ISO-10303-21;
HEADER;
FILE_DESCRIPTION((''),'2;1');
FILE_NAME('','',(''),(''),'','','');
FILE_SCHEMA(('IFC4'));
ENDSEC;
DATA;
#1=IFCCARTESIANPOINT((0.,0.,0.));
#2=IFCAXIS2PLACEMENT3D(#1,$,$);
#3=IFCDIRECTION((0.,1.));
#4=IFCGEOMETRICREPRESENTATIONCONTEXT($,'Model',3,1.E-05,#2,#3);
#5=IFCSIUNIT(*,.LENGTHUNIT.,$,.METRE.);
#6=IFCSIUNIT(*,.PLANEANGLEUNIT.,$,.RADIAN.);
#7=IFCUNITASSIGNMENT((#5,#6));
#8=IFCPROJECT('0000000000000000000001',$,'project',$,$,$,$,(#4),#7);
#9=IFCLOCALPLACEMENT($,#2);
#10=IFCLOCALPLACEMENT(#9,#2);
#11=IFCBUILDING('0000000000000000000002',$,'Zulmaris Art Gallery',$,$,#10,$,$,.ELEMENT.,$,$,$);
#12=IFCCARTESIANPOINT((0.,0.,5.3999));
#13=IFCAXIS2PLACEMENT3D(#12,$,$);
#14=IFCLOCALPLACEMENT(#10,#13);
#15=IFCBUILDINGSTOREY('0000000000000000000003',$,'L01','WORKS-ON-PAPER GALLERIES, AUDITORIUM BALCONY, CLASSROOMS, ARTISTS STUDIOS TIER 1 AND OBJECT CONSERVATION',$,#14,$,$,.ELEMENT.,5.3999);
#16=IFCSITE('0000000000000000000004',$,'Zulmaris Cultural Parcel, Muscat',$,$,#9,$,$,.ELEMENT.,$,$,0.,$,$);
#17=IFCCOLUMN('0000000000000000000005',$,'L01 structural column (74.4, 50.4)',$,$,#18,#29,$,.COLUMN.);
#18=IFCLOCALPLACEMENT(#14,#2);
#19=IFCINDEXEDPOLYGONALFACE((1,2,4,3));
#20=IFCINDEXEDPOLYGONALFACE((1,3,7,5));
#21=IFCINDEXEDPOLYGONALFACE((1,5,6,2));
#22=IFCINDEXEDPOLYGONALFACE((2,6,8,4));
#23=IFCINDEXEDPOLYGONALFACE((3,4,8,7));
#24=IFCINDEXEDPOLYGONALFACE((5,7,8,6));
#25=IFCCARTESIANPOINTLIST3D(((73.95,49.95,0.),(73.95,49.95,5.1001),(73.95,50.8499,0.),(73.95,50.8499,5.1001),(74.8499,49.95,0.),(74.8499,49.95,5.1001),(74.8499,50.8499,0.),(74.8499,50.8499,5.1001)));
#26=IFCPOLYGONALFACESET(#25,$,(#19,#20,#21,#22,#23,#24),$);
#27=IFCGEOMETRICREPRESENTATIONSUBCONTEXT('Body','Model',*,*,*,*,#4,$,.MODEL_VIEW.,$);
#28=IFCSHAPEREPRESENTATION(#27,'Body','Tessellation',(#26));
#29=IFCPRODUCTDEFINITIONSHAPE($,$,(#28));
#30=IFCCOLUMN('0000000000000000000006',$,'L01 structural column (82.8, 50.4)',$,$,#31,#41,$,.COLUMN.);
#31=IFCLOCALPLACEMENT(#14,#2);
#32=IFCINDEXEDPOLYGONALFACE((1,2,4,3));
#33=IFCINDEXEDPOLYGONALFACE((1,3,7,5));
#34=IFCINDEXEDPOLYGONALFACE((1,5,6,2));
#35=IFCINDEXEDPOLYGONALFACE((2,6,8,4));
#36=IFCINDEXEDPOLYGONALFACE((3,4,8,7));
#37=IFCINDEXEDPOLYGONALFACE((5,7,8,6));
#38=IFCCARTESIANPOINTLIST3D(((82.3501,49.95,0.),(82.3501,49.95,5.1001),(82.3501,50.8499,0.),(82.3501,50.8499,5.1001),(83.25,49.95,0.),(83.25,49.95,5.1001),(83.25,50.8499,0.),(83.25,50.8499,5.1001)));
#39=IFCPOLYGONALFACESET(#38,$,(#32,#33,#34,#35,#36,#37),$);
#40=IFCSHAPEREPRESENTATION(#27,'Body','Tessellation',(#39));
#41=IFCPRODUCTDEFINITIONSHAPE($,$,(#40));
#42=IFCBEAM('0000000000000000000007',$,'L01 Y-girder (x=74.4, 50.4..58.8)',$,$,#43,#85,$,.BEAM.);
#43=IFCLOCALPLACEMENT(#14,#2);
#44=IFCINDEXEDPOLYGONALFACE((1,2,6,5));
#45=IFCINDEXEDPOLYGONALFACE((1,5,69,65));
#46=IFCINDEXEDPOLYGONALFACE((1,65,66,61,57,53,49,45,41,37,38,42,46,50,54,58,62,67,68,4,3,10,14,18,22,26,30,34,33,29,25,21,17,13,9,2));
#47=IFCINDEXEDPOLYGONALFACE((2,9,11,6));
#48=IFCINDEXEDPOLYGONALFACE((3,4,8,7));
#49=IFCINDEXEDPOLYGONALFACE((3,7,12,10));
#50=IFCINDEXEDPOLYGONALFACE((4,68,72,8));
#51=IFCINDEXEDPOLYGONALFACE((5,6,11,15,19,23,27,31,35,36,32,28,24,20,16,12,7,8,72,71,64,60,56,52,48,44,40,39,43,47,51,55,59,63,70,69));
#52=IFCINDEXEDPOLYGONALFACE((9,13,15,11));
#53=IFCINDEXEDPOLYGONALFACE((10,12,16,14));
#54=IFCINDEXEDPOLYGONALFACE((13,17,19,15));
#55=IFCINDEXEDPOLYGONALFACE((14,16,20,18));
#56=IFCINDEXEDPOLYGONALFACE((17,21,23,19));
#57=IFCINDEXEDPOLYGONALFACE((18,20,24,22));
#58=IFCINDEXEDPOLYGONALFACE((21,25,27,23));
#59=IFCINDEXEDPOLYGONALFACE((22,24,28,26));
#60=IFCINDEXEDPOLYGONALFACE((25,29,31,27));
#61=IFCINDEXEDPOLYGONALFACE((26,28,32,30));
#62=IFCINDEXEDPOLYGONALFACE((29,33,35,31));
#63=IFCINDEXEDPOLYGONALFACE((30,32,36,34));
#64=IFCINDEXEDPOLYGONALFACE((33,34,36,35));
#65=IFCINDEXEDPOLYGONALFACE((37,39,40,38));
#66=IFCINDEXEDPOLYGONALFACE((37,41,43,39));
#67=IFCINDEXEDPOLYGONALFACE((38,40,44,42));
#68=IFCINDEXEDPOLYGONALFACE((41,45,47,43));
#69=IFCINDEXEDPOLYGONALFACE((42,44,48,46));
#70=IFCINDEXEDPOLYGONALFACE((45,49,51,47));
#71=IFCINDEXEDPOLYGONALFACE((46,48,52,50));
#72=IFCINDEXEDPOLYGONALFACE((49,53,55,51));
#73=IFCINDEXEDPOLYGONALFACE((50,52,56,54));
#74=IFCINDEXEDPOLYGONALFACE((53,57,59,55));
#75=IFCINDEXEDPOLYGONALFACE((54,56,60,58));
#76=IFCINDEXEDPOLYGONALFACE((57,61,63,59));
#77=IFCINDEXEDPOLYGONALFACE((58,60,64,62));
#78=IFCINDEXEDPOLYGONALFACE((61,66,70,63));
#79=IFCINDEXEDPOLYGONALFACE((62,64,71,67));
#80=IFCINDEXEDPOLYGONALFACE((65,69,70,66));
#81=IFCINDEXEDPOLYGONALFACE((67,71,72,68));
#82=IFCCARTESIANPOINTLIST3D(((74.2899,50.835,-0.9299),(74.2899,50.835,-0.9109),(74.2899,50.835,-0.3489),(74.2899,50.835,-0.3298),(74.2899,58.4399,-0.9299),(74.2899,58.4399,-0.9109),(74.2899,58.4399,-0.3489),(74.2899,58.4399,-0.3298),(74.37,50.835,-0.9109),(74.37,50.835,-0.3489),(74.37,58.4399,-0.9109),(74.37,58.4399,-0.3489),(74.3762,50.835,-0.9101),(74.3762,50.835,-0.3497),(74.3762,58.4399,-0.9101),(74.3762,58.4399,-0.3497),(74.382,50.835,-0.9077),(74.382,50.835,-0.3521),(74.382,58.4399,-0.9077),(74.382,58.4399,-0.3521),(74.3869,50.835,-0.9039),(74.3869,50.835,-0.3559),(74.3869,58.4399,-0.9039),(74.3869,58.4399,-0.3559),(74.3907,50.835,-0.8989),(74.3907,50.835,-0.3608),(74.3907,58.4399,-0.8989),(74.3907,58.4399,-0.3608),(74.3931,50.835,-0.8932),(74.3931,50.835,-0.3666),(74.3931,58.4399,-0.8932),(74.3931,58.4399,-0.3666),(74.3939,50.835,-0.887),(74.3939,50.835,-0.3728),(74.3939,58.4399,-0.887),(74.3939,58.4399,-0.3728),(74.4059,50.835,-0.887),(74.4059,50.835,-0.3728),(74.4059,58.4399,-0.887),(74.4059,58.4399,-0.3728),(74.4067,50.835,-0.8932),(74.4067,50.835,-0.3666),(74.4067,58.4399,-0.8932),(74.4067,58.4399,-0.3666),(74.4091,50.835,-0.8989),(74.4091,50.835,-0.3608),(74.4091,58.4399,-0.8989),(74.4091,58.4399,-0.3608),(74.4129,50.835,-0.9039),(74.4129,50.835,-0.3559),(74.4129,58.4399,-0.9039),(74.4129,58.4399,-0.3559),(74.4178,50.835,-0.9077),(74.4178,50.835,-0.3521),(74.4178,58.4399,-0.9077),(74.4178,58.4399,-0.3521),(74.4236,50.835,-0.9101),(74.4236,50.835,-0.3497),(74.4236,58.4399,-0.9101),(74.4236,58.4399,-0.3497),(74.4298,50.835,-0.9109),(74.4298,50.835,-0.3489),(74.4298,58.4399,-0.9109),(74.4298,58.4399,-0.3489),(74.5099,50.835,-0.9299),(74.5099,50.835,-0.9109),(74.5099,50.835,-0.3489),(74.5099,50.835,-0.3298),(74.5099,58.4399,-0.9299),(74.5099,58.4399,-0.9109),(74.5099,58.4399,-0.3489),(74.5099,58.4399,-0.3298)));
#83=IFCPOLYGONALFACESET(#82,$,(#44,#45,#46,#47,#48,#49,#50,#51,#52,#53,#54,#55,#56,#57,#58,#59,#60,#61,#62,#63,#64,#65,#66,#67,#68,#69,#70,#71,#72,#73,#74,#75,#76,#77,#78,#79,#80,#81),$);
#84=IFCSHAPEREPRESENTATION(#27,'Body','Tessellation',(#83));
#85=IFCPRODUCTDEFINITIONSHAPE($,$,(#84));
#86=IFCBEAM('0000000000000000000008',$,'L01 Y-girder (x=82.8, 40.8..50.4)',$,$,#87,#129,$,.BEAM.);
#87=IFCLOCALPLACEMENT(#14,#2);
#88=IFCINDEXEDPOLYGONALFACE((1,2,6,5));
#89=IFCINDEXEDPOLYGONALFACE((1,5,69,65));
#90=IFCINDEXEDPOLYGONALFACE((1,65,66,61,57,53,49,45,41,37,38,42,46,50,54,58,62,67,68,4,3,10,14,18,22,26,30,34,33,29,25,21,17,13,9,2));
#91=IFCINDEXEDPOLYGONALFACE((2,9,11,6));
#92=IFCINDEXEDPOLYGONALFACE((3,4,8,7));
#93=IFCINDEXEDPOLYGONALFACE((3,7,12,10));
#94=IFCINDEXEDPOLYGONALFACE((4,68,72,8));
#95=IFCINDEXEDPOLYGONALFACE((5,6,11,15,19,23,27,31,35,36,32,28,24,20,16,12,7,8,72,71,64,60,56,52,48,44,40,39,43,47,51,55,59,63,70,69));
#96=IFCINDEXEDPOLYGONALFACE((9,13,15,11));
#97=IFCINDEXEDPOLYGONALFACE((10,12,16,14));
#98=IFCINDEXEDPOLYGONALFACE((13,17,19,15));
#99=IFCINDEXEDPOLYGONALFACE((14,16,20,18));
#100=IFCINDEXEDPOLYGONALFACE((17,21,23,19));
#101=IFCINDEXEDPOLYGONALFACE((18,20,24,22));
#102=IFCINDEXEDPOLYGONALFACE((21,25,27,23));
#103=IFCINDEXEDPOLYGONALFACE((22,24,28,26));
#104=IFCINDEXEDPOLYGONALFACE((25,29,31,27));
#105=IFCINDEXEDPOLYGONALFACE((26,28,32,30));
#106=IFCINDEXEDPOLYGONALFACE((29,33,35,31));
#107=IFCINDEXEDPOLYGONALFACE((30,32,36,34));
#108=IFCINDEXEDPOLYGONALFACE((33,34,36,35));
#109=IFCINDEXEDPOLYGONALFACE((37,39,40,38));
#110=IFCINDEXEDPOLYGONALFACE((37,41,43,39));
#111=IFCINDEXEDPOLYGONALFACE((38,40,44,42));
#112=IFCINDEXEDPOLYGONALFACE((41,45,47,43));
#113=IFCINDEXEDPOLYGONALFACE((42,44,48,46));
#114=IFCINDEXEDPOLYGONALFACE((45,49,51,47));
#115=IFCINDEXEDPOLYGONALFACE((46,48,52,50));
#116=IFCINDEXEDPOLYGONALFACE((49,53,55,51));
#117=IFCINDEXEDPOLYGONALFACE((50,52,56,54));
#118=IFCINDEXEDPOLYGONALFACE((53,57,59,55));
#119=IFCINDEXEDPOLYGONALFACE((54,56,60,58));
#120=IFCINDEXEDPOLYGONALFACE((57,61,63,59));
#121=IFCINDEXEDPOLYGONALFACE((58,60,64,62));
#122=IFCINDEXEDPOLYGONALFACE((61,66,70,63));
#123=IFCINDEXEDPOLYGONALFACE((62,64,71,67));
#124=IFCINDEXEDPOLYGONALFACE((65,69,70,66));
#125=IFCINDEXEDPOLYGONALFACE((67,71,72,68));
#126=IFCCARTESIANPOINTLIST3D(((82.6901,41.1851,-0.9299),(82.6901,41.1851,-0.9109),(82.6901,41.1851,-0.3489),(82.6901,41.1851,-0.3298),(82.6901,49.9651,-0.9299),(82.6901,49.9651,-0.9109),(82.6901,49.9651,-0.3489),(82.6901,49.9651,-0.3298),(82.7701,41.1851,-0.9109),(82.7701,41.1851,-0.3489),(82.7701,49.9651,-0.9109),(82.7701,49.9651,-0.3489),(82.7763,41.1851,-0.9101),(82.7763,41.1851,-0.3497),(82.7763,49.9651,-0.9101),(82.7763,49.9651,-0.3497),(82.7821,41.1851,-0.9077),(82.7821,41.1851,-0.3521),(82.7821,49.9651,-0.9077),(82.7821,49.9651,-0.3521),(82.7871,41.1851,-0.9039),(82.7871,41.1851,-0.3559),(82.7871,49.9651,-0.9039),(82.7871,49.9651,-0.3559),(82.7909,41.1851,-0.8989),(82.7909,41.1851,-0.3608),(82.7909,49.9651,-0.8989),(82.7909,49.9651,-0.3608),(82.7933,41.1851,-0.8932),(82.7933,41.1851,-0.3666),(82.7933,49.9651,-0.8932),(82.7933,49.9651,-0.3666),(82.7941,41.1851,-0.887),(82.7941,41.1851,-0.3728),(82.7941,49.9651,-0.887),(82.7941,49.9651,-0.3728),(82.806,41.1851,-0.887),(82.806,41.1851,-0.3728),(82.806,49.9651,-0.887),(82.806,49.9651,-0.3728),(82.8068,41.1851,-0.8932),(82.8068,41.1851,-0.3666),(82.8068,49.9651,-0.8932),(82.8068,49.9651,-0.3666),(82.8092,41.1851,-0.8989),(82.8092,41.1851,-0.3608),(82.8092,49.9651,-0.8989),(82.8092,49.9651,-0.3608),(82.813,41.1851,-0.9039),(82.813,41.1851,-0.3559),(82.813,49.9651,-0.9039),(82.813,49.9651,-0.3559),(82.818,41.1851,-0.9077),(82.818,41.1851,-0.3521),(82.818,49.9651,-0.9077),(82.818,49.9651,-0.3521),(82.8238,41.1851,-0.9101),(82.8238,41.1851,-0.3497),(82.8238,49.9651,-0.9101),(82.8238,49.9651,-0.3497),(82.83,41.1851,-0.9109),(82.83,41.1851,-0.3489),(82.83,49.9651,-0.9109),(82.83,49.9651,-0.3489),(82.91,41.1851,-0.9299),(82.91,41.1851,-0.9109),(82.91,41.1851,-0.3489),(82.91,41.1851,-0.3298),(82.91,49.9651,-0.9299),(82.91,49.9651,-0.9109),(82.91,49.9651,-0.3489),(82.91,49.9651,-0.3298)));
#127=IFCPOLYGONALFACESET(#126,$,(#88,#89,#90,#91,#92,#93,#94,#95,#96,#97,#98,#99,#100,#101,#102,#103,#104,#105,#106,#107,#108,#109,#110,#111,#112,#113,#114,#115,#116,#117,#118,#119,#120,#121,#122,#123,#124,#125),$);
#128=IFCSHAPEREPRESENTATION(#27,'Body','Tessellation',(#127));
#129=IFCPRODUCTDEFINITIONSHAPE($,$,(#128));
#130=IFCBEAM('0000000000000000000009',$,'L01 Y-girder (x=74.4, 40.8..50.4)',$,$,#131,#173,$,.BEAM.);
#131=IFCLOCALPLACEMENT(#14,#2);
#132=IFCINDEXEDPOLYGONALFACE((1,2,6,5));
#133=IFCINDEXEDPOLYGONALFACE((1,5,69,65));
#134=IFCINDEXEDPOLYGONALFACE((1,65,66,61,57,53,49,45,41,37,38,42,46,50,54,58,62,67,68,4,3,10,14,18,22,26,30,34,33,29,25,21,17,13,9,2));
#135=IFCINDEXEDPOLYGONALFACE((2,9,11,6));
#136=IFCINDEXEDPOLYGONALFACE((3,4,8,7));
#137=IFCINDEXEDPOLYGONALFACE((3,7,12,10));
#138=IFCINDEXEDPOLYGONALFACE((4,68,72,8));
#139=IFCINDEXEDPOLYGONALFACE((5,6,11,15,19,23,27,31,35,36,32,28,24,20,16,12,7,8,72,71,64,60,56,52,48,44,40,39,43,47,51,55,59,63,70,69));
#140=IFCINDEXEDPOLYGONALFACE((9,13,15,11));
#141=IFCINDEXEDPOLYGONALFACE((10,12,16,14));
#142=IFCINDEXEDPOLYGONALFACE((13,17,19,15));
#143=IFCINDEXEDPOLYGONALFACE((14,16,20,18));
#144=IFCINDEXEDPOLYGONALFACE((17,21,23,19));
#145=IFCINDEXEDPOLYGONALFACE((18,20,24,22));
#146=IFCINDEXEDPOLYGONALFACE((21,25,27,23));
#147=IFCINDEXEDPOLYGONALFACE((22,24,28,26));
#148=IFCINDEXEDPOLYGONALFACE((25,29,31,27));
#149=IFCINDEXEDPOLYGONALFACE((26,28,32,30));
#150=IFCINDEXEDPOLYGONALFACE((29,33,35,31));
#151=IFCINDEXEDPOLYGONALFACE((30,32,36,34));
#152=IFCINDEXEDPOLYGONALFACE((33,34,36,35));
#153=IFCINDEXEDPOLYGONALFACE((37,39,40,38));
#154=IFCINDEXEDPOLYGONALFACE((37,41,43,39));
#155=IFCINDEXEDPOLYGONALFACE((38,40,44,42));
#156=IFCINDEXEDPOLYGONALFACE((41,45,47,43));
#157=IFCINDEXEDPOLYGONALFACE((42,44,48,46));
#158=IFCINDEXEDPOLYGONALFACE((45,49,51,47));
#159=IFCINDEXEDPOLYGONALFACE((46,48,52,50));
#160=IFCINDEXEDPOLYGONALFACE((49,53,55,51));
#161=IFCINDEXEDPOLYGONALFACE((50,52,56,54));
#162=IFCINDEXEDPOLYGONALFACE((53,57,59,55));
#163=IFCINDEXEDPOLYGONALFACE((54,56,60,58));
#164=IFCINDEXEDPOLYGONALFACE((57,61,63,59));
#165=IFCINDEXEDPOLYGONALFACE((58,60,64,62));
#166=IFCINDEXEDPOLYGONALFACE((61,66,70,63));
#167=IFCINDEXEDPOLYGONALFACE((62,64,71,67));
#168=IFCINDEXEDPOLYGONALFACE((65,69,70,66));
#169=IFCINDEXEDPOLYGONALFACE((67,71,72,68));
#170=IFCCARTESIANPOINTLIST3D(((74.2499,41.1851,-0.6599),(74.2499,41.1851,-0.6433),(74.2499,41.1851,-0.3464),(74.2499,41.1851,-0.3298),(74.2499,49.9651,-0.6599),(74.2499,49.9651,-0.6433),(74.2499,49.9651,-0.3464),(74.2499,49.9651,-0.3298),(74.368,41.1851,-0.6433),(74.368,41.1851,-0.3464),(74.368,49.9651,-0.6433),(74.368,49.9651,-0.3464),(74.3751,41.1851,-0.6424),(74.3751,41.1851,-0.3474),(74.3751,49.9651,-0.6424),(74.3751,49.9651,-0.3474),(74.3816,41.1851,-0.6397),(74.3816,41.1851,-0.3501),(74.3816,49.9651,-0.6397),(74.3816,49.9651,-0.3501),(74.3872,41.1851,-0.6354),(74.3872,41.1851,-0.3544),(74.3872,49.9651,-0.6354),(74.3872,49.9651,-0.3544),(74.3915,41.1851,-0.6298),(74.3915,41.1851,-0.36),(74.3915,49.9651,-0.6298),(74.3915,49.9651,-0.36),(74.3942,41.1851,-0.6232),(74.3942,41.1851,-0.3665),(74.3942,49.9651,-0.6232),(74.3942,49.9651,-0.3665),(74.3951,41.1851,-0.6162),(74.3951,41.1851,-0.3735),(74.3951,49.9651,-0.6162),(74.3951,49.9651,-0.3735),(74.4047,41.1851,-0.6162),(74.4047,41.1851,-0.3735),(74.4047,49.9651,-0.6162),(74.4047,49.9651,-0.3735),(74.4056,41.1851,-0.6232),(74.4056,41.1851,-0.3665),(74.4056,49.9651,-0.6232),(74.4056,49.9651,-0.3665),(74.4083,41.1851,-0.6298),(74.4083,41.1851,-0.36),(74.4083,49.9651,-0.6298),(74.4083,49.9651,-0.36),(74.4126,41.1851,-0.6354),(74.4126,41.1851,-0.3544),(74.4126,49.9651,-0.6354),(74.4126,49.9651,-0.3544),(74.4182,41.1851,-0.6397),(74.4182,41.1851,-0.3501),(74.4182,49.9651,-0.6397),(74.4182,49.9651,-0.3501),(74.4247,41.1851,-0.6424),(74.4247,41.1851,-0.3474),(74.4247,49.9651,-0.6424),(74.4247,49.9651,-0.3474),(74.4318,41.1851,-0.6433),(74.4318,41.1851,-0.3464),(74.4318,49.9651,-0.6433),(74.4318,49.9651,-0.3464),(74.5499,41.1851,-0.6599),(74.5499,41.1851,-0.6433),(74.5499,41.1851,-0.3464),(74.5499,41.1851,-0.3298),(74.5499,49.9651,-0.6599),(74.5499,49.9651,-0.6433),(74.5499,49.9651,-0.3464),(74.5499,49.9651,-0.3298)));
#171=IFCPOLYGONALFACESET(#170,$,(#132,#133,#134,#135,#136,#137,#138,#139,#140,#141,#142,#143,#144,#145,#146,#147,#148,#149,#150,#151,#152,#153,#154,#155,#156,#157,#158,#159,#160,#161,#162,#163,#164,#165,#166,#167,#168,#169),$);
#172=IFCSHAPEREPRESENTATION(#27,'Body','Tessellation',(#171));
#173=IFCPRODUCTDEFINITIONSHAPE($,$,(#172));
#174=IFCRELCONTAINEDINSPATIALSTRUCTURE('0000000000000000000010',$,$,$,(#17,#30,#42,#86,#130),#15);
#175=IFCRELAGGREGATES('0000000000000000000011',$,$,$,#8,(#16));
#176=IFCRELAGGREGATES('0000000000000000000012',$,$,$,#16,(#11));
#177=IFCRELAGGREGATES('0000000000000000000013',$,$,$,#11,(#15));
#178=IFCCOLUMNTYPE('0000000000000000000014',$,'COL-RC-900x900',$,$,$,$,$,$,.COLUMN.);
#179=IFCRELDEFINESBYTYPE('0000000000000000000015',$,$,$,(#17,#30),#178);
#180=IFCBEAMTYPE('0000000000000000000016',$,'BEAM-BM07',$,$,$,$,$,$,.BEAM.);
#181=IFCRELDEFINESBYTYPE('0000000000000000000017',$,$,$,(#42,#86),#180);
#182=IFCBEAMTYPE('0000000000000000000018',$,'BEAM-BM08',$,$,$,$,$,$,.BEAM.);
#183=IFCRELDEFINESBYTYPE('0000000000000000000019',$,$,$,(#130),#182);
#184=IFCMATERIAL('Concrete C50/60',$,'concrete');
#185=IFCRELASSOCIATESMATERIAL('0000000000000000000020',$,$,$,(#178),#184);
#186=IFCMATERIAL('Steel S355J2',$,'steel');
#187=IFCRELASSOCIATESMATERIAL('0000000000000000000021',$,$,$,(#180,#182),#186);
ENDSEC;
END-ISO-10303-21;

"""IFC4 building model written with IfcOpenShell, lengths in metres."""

from ifc_helpers import new_model, si_unit, direction, frame, origin, origin_2d, place, context, subcontext, project, spatial, rectangle, i_section, extrude, material, material_profile, profile_set, type_object, element, save


model = new_model("IFC4")

# Units and contexts
model_context = context("Model", 3, precision=1e-05, world=origin(), true_north=direction((0.0, 1.0)))
body_context = subcontext(model_context, "Body", "Model", "MODEL_VIEW")
ifc_project = project(units=[si_unit("LENGTHUNIT", "METRE"), si_unit("PLANEANGLEUNIT", "RADIAN")], contexts=[model_context])

# Site, building, storey
site_placement = place(None, origin())
site = spatial("IfcSite", under=ifc_project, at=site_placement, Name="Zulmaris Cultural Parcel, Muscat", CompositionType="ELEMENT", RefElevation=0.0)
building_placement = place(site_placement, origin())
building = spatial("IfcBuilding", under=site, at=building_placement, Name="Zulmaris Art Gallery", CompositionType="ELEMENT")
storey_placement = place(building_placement, frame((0.0, 0.0, 5.3999)))
storey = spatial("IfcBuildingStorey", under=building, at=storey_placement, Name="L01", Description="WORKS-ON-PAPER GALLERIES, AUDITORIUM BALCONY, CLASSROOMS, ARTISTS STUDIOS TIER 1 AND OBJECT CONSERVATION", CompositionType="ELEMENT", Elevation=5.3999)

# Columns
ifc_material_1 = material(Name="Concrete C50/60", Category="concrete")
ifc_material_profile_1 = material_profile(ifc_material_1, rectangle(XDim=0.8999, YDim=0.8999, at=origin_2d()), Name="RC 900x900")
ifc_profile_set_1 = profile_set([ifc_material_profile_1], Name="Concrete C50/60")
column_type = type_object("IfcColumnType", Name="COL-RC-900x900", PredefinedType="COLUMN", material=ifc_profile_set_1)
for number, where, z_axis, x_axis, name in (
    (1, (74.3999, 50.3999, 0.0), (0.0, 0.0, 1.0), (1.0, 0.0, 0.0), "L01 structural column (74.4, 50.4)"),
    (2, (82.8, 50.3999, 0.0), (0.0, 0.0, 1.0), (1.0, 0.0, 0.0), "L01 structural column (82.8, 50.4)"),
):
    element("IfcColumn", number, at=place(storey_placement, frame(where, z_axis=z_axis, x_axis=x_axis)), inside=storey, type_object=column_type, Name=name, PredefinedType="COLUMN", context=body_context, shape_type="SweptSolid", body=[
        extrude(rectangle(XDim=0.8999, YDim=0.8999, at=origin_2d()), origin(), (0.0, 0.0, 1.0), 5.1001),
    ])

# Beams
ifc_material_2 = material(Name="Steel S355J2", Category="steel")
ifc_material_profile_2 = material_profile(ifc_material_2, i_section(OverallWidth=0.22, OverallDepth=0.6001, WebThickness=0.012, FlangeThickness=0.019, FilletRadius=0.0239, at=origin_2d()), Name="IPE 600")
ifc_profile_set_2 = profile_set([ifc_material_profile_2], Name="Steel S355J2")
beam_type_1 = type_object("IfcBeamType", Name="BEAM-BM07", PredefinedType="BEAM", material=ifc_profile_set_2)
beam_1_placement = place(storey_placement, frame((74.3999, 50.835, -0.6299), z_axis=(0.0, 1.0, 0.0), x_axis=(-1.0, 0.0, 0.0)))
element("IfcBeam", 3, at=beam_1_placement, inside=storey, type_object=beam_type_1, Name="L01 Y-girder (x=74.4, 50.4..58.8)", PredefinedType="BEAM", context=body_context, shape_type="SweptSolid", body=[
    extrude(i_section(OverallWidth=0.22, OverallDepth=0.6001, WebThickness=0.012, FlangeThickness=0.019, FilletRadius=0.0239, at=origin_2d()), origin(), (0.0, 0.0, 1.0), 7.605),
])
beam_2_placement = place(storey_placement, frame((82.8, 41.1851, -0.6299), z_axis=(0.0, 1.0, 0.0), x_axis=(-1.0, 0.0, 0.0)))
element("IfcBeam", 4, at=beam_2_placement, inside=storey, type_object=beam_type_1, Name="L01 Y-girder (x=82.8, 40.8..50.4)", PredefinedType="BEAM", context=body_context, shape_type="SweptSolid", body=[
    extrude(i_section(OverallWidth=0.22, OverallDepth=0.6001, WebThickness=0.012, FlangeThickness=0.019, FilletRadius=0.0239, at=origin_2d()), origin(), (0.0, 0.0, 1.0), 8.78),
])
ifc_material_profile_3 = material_profile(ifc_material_2, i_section(OverallWidth=0.3, OverallDepth=0.3301, WebThickness=0.0095, FlangeThickness=0.0166, FilletRadius=0.0271, at=origin_2d()), Name="HEA 340")
ifc_profile_set_3 = profile_set([ifc_material_profile_3], Name="Steel S355J2")
beam_type_2 = type_object("IfcBeamType", Name="BEAM-BM08", PredefinedType="BEAM", material=ifc_profile_set_3)
beam_3_placement = place(storey_placement, frame((74.3999, 41.1851, -0.4949), z_axis=(0.0, 1.0, 0.0), x_axis=(-1.0, 0.0, 0.0)))
element("IfcBeam", 5, at=beam_3_placement, inside=storey, type_object=beam_type_2, Name="L01 Y-girder (x=74.4, 40.8..50.4)", PredefinedType="BEAM", context=body_context, shape_type="SweptSolid", body=[
    extrude(i_section(OverallWidth=0.3, OverallDepth=0.3301, WebThickness=0.0095, FlangeThickness=0.0166, FilletRadius=0.0271, at=origin_2d()), origin(), (0.0, 0.0, 1.0), 8.78),
])

save(model, "model.ifc")
